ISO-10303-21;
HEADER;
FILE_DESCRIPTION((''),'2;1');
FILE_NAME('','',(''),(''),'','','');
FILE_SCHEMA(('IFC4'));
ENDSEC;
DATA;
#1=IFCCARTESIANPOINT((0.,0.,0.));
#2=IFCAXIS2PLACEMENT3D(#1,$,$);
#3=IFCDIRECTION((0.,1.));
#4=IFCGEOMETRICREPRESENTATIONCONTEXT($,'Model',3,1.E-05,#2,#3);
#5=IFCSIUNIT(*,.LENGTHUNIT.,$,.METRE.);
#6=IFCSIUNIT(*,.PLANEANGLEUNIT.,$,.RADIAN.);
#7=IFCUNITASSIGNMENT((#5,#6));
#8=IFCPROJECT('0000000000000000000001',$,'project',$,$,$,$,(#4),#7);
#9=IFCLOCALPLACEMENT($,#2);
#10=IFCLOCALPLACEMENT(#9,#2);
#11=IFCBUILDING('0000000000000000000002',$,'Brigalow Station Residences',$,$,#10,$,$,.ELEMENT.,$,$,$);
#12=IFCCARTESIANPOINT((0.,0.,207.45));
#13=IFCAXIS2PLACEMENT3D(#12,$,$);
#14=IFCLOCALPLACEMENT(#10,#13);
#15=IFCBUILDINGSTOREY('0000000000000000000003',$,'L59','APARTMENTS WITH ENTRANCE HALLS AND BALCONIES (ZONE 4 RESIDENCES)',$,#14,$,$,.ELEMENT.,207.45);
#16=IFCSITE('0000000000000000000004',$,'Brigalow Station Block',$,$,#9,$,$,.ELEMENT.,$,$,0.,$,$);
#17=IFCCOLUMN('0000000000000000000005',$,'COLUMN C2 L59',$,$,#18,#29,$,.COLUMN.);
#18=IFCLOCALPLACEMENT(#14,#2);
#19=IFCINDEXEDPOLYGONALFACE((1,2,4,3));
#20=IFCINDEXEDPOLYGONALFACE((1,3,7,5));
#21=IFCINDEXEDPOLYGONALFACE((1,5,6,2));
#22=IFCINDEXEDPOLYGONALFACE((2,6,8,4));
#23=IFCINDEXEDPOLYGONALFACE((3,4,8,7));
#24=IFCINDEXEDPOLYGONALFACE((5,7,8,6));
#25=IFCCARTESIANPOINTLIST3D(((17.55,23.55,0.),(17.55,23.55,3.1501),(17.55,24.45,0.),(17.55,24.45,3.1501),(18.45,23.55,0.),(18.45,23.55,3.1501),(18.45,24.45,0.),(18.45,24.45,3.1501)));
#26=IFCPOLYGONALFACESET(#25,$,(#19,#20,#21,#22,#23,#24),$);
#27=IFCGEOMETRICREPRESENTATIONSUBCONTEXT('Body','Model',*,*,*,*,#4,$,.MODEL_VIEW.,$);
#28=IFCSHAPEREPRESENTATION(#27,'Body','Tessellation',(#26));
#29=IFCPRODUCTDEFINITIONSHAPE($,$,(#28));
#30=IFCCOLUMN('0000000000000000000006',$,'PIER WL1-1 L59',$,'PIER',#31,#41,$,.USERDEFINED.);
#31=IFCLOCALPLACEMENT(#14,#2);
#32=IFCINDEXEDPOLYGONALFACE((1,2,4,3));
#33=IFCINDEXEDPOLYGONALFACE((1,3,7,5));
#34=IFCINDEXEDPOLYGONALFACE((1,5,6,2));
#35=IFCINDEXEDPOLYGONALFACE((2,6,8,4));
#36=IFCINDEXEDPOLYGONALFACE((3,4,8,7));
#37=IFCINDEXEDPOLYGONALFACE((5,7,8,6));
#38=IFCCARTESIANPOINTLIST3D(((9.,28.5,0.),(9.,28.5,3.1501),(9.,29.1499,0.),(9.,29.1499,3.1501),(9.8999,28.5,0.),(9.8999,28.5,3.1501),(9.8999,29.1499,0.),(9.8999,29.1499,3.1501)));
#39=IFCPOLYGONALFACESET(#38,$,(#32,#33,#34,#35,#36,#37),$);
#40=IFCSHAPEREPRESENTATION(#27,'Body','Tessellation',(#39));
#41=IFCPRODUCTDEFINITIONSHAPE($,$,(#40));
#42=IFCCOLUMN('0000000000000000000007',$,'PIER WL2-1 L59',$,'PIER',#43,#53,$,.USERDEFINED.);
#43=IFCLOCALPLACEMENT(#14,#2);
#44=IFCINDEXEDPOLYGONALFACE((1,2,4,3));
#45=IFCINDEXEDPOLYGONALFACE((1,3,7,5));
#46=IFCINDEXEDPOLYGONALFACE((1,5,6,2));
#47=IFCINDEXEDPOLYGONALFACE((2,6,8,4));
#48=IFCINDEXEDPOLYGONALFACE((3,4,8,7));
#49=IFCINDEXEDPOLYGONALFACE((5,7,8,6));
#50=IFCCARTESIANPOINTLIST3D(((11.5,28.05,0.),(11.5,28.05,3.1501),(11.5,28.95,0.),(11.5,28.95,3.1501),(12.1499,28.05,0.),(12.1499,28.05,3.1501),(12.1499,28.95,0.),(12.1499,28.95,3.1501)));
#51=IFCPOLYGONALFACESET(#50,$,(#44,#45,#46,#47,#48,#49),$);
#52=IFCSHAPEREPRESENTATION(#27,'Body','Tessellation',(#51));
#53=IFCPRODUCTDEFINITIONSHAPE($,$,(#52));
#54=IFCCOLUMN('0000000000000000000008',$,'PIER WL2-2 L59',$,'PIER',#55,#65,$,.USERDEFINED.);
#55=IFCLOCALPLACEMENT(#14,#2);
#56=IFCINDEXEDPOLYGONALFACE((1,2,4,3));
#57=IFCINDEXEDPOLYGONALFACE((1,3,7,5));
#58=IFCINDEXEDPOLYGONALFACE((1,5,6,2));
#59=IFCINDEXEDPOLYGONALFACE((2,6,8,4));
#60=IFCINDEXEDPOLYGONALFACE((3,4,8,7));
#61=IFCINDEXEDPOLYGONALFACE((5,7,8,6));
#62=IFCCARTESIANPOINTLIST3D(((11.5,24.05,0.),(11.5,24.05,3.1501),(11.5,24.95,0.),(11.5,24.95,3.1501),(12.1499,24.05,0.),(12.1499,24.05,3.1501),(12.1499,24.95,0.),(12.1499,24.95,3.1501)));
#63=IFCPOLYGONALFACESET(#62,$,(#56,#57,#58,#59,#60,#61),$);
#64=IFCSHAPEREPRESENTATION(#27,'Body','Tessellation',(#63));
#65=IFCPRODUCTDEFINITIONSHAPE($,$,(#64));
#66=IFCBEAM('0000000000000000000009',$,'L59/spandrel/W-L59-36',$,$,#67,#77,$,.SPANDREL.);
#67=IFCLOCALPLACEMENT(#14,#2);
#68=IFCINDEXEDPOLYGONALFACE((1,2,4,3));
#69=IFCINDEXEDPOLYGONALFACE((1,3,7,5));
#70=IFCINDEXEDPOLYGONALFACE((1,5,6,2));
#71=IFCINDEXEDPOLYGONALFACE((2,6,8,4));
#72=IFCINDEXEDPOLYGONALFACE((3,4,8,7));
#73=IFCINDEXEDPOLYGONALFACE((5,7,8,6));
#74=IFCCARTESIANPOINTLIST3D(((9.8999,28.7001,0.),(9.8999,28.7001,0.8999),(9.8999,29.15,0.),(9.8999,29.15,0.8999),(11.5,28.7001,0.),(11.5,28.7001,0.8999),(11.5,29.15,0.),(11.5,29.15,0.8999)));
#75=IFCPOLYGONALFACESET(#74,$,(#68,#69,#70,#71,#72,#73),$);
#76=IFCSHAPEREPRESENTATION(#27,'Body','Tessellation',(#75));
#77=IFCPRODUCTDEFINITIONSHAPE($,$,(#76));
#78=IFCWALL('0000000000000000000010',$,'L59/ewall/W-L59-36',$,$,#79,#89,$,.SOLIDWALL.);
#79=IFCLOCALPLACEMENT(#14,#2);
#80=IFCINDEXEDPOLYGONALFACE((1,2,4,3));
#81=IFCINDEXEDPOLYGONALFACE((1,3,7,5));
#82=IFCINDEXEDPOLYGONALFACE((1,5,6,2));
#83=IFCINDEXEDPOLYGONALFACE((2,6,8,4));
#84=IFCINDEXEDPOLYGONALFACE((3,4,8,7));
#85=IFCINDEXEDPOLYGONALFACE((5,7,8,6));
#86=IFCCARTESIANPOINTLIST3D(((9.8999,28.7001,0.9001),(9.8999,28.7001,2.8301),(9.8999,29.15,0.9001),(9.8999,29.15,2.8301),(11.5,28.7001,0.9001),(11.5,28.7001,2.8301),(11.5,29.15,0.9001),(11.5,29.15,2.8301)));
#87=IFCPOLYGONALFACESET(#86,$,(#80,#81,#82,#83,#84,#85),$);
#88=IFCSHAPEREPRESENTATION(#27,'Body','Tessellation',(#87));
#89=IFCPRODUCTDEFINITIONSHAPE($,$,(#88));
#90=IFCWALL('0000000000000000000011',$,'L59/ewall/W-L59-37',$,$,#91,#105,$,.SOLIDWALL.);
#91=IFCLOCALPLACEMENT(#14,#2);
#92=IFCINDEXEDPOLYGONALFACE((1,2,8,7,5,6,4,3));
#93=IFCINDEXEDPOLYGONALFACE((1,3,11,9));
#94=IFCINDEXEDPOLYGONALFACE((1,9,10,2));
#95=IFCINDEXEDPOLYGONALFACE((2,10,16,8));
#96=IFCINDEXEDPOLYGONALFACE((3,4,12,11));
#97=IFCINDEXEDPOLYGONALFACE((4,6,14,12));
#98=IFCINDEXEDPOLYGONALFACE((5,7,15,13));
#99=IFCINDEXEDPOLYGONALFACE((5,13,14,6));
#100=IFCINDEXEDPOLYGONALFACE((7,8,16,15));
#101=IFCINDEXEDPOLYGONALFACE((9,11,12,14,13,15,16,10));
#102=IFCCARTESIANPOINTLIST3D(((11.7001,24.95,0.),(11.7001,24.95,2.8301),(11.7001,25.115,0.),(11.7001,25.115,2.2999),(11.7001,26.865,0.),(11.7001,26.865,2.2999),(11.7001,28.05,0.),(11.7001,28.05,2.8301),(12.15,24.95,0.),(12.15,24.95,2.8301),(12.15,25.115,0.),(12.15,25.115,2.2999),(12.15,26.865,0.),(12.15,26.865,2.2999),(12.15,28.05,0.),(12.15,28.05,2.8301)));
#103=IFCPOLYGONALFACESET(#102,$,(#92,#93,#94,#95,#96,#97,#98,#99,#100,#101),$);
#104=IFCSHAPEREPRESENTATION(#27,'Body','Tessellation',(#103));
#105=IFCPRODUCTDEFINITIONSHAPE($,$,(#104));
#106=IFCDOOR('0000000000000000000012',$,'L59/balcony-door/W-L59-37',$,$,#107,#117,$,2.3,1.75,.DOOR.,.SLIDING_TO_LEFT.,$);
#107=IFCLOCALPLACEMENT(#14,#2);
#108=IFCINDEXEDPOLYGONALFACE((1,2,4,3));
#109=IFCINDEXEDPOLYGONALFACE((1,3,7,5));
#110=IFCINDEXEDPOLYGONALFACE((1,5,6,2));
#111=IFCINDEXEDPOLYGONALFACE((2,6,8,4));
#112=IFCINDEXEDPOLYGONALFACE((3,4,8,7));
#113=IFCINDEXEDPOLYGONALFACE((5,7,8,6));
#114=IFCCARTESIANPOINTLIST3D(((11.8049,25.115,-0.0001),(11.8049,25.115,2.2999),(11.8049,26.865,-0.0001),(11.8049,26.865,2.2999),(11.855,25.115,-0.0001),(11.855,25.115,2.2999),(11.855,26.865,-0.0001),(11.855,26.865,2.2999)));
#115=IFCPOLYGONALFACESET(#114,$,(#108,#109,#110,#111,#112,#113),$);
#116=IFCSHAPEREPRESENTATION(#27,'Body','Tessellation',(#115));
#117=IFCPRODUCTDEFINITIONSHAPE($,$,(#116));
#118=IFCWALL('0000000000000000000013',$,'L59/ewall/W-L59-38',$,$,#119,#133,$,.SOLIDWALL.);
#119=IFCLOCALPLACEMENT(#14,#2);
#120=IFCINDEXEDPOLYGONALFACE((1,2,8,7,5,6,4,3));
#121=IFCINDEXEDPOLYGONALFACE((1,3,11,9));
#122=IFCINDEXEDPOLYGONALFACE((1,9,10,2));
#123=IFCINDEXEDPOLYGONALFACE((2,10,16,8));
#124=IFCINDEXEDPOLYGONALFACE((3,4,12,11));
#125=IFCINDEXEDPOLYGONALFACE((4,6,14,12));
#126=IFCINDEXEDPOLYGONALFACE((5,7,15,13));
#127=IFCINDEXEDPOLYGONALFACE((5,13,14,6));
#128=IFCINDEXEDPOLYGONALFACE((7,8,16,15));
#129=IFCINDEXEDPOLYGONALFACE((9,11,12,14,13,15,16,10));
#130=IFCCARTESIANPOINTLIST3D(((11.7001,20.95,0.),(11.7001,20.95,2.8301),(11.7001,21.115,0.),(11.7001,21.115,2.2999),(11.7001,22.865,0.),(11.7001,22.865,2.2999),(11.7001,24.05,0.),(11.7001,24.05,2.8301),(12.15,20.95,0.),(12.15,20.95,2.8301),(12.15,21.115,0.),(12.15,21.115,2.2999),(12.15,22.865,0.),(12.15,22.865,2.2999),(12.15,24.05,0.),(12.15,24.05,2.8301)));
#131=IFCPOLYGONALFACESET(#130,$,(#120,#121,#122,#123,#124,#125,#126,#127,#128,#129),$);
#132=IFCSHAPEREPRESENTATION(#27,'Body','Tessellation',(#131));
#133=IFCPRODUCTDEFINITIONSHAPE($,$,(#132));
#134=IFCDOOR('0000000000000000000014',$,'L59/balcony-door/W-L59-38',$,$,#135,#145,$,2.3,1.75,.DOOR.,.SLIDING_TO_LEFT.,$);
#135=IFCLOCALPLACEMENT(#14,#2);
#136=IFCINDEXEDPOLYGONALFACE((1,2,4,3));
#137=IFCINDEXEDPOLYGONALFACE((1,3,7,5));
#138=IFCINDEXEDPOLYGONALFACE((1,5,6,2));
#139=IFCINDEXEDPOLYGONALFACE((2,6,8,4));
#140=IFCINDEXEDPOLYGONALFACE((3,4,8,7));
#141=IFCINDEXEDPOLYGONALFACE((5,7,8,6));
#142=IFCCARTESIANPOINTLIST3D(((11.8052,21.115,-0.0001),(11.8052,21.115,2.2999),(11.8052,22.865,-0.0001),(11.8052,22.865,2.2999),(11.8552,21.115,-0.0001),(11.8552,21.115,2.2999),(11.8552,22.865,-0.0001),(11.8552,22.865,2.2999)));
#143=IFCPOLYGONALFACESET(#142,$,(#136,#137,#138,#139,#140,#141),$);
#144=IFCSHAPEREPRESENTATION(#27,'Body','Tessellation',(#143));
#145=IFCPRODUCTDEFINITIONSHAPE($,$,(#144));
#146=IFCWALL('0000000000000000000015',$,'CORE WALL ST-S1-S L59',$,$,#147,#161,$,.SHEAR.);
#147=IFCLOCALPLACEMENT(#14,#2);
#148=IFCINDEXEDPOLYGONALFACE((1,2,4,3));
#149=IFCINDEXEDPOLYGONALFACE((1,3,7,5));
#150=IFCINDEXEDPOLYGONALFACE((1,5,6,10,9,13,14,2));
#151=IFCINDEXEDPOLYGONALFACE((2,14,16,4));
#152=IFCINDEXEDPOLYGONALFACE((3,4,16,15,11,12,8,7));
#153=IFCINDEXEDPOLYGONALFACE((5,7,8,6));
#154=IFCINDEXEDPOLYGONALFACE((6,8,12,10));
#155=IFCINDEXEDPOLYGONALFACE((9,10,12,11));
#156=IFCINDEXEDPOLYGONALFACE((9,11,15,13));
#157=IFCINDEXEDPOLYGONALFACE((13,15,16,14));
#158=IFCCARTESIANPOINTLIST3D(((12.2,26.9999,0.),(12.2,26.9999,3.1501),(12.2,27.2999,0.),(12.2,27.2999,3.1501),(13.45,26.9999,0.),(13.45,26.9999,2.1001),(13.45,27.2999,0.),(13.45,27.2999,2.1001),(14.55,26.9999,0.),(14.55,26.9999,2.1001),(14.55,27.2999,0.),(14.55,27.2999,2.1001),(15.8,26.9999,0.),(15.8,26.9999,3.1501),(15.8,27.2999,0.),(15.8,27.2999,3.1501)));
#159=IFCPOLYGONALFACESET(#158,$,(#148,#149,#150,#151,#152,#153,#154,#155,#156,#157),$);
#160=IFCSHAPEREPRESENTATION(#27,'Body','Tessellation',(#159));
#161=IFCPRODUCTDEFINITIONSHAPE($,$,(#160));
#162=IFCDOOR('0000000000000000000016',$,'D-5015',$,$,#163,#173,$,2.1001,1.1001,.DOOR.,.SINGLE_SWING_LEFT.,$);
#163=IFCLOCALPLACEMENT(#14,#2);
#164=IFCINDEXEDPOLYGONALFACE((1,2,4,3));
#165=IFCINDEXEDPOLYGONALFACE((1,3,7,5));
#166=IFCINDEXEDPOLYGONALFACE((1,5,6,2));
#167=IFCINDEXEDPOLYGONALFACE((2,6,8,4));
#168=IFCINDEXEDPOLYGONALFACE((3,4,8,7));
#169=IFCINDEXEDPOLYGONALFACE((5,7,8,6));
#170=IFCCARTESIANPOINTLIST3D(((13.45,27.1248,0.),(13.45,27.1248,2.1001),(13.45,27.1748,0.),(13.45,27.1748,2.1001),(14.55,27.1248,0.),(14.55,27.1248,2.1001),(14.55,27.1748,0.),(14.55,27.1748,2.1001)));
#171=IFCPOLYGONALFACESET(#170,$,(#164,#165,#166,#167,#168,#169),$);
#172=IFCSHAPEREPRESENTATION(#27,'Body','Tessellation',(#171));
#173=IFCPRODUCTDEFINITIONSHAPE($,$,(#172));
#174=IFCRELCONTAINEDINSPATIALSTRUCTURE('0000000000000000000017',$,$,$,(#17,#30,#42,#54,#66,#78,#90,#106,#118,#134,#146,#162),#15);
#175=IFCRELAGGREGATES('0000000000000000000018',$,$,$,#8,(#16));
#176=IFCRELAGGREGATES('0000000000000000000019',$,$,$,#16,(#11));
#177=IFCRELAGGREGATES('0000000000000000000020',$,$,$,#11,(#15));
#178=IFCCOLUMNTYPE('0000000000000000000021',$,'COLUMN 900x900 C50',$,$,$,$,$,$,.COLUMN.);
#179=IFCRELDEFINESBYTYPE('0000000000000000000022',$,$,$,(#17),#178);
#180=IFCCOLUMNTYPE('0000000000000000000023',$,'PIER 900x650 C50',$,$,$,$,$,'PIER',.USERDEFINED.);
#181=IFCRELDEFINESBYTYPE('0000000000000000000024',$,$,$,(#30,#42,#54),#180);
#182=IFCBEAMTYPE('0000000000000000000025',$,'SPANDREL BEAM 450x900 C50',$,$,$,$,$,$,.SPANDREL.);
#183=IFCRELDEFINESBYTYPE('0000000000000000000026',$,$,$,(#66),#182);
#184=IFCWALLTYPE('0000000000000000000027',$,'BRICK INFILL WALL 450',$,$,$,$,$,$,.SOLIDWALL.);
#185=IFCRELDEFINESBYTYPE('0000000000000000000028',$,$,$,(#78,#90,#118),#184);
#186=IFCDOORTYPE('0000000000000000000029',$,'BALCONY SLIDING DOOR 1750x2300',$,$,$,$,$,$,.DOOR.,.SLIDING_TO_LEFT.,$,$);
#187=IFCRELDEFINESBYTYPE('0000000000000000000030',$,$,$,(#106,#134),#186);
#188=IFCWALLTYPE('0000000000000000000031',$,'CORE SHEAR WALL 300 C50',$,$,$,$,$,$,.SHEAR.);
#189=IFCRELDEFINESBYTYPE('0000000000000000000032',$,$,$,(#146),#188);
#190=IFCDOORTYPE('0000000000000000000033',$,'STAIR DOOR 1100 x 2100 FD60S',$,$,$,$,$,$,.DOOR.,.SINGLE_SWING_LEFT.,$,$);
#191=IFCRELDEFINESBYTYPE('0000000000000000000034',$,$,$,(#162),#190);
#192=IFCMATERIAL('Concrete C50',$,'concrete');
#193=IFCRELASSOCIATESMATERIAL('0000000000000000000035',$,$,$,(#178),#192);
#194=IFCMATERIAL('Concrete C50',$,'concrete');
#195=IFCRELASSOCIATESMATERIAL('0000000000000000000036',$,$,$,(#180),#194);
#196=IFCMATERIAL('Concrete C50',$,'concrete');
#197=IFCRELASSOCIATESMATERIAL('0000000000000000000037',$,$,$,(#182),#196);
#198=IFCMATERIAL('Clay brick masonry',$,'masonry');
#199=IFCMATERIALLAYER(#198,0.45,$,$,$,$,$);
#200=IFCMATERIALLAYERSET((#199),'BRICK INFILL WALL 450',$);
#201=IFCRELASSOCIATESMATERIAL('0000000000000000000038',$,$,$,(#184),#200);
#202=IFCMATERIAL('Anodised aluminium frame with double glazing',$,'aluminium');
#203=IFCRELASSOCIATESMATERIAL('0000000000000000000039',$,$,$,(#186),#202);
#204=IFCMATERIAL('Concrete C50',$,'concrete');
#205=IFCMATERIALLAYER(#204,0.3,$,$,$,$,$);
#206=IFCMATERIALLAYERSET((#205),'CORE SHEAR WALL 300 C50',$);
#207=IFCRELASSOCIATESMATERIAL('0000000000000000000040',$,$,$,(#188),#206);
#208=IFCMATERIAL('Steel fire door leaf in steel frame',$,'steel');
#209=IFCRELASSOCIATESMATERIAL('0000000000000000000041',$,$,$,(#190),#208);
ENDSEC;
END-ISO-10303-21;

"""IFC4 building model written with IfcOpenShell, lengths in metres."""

from ifc_helpers import new_model, si_unit, direction, frame, frame_2d, origin, origin_2d, place, context, subcontext, project, spatial, rectangle, extrude, material, layer, layer_set, material_profile, profile_set, type_object, element, fill, save


model = new_model("IFC4")

# Units and contexts
model_context = context("Model", 3, precision=1e-05, world=origin(), true_north=direction((0.0, 1.0)))
body_context = subcontext(model_context, "Body", "Model", "MODEL_VIEW")
ifc_project = project(units=[si_unit("LENGTHUNIT", "METRE"), si_unit("PLANEANGLEUNIT", "RADIAN")], contexts=[model_context])

# Site, building, storey
site_placement = place(None, origin())
site = spatial("IfcSite", under=ifc_project, at=site_placement, Name="Brigalow Station Block", CompositionType="ELEMENT", RefElevation=0.0)
building_placement = place(site_placement, origin())
building = spatial("IfcBuilding", under=site, at=building_placement, Name="Brigalow Station Residences", CompositionType="ELEMENT")
storey_placement = place(building_placement, frame((0.0, 0.0, 207.45)))
storey = spatial("IfcBuildingStorey", under=building, at=storey_placement, Name="L59", Description="APARTMENTS WITH ENTRANCE HALLS AND BALCONIES (ZONE 4 RESIDENCES)", CompositionType="ELEMENT", Elevation=207.45)

# Columns
ifc_material_1 = material(Name="Concrete C50", Category="concrete")
ifc_material_profile_1 = material_profile(ifc_material_1, rectangle(XDim=0.8999, YDim=0.8999, at=origin_2d()), Name="RC900x900")
ifc_profile_set_1 = profile_set([ifc_material_profile_1], Name="Concrete C50")
column_type_1 = type_object("IfcColumnType", Name="COLUMN 900x900 C50", PredefinedType="COLUMN", material=ifc_profile_set_1)
column_placement = place(storey_placement, frame((18.0, 24.0, 0.0), z_axis=(0.0, 0.0, 1.0), x_axis=(1.0, 0.0, 0.0)))
element("IfcColumn", 1, at=column_placement, inside=storey, type_object=column_type_1, Name="COLUMN C2 L59", PredefinedType="COLUMN", context=body_context, shape_type="SweptSolid", body=[
    extrude(rectangle(XDim=0.8999, YDim=0.8999, at=origin_2d()), origin(), (0.0, 0.0, 1.0), 3.1501),
])
ifc_material_2 = material(Name="Concrete C50", Category="concrete")
ifc_material_profile_2 = material_profile(ifc_material_2, rectangle(XDim=0.8999, YDim=0.6499, at=origin_2d()), Name="RC900x650")
ifc_profile_set_2 = profile_set([ifc_material_profile_2], Name="Concrete C50")
column_type_2 = type_object("IfcColumnType", Name="PIER 900x650 C50", ElementType="PIER", PredefinedType="USERDEFINED", material=ifc_profile_set_2)
for number, where, z_axis, x_axis, name in (
    (2, (9.45, 28.825, 0.0), (0.0, 0.0, 1.0), (1.0, 0.0, 0.0), "PIER WL1-1 L59"),
    (3, (11.825, 28.5, 0.0), (0.0, 0.0, 1.0), (0.0, -1.0, 0.0), "PIER WL2-1 L59"),
    (4, (11.825, 24.5, 0.0), (0.0, 0.0, 1.0), (0.0, -1.0, 0.0), "PIER WL2-2 L59"),
):
    element("IfcColumn", number, at=place(storey_placement, frame(where, z_axis=z_axis, x_axis=x_axis)), inside=storey, type_object=column_type_2, Name=name, ObjectType="PIER", PredefinedType="USERDEFINED", context=body_context, shape_type="SweptSolid", body=[
        extrude(rectangle(XDim=0.8999, YDim=0.6499, at=origin_2d()), origin(), (0.0, 0.0, 1.0), 3.1501),
    ])

# Beam
ifc_material_3 = material(Name="Concrete C50", Category="concrete")
ifc_material_profile_3 = material_profile(ifc_material_3, rectangle(XDim=0.45, YDim=0.8999, at=origin_2d()), Name="RC450x900")
ifc_profile_set_3 = profile_set([ifc_material_profile_3], Name="Concrete C50")
beam_type = type_object("IfcBeamType", Name="SPANDREL BEAM 450x900 C50", PredefinedType="SPANDREL", material=ifc_profile_set_3)
beam_placement = place(storey_placement, frame((9.8999, 28.925, 0.45), z_axis=(1.0, 0.0, 0.0), x_axis=(0.0, 1.0, 0.0)))
element("IfcBeam", 5, at=beam_placement, inside=storey, type_object=beam_type, Name="L59/spandrel/W-L59-36", PredefinedType="SPANDREL", context=body_context, shape_type="SweptSolid", body=[
    extrude(rectangle(XDim=0.45, YDim=0.8999, at=origin_2d()), origin(), (0.0, 0.0, 1.0), 1.6001),
])

# Wall
ifc_material_4 = material(Name="Clay brick masonry", Category="masonry")
ifc_layer_1 = layer(ifc_material_4, 0.45)
ifc_layer_set_1 = layer_set([ifc_layer_1], Name="BRICK INFILL WALL 450")
wall_type_1 = type_object("IfcWallType", Name="BRICK INFILL WALL 450", PredefinedType="SOLIDWALL", material=ifc_layer_set_1)
wall_1_placement = place(storey_placement, frame((9.8999, 28.925, 0.9001), z_axis=(0.0, 0.0, 1.0), x_axis=(1.0, 0.0, 0.0)))
element("IfcWall", 6, at=wall_1_placement, inside=storey, type_object=wall_type_1, Name="L59/ewall/W-L59-36", PredefinedType="SOLIDWALL", context=body_context, shape_type="SweptSolid", body=[
    extrude(rectangle(XDim=1.6001, YDim=0.45, at=frame_2d((0.8, 0.0))), origin(), (0.0, 0.0, 1.0), 1.9299),
])

# Walls, openings, doors
wall_2_placement = place(storey_placement, frame((11.925, 28.05, 0.0), z_axis=(0.0, 0.0, 1.0), x_axis=(0.0, -1.0, 0.0)))
wall_2 = element("IfcWall", 7, at=wall_2_placement, inside=storey, type_object=wall_type_1, Name="L59/ewall/W-L59-37", PredefinedType="SOLIDWALL", context=body_context, shape_type="SweptSolid", body=[
    extrude(rectangle(XDim=3.1001, YDim=0.45, at=frame_2d((1.55, 0.0))), origin(), (0.0, 0.0, 1.0), 2.8301),
])
opening_1_placement = place(wall_2_placement, frame((1.1851, 0.0, 0.0)))
opening_1 = element("IfcOpeningElement", 8, at=opening_1_placement, cuts=wall_2, PredefinedType="OPENING", context=body_context, shape_type="SweptSolid", body=[
    extrude(rectangle(XDim=1.75, YDim=2.3, at=frame_2d((0.875, 1.1499))), frame((0.0, 0.2349, 0.0), z_axis=(0.0, -1.0, 0.0), x_axis=(1.0, 0.0, 0.0)), (0.0, 0.0, 1.0), 0.47),
])
ifc_material_5 = material(Name="Anodised aluminium frame with double glazing", Category="aluminium")
door_type_1 = type_object("IfcDoorType", Name="BALCONY SLIDING DOOR 1750x2300", OperationType="SLIDING_TO_LEFT", PredefinedType="DOOR", material=ifc_material_5)
door_1_placement = place(opening_1_placement, frame((1.75, -0.1899, 0.0), z_axis=(0.0, 0.0, 1.0), x_axis=(-1.0, 0.0, 0.0)))
door_1 = element("IfcDoor", 9, at=door_1_placement, inside=storey, type_object=door_type_1, Name="L59/balcony-door/W-L59-37", OperationType="SLIDING_TO_LEFT", OverallHeight=2.3, OverallWidth=1.75, PredefinedType="DOOR", context=body_context, shape_type="SweptSolid", body=[
    extrude(rectangle(XDim=1.75, YDim=2.3, at=frame_2d((0.875, 1.1499))), frame((0.0, -0.0698, 0.0), z_axis=(0.0, -1.0, 0.0), x_axis=(1.0, 0.0, 0.0)), (0.0, 0.0, 1.0), 0.05),
])
fill(opening_1, door_1)
wall_3_placement = place(storey_placement, frame((11.925, 24.05, 0.0), z_axis=(0.0, 0.0, 1.0), x_axis=(0.0, -1.0, 0.0)))
wall_3 = element("IfcWall", 10, at=wall_3_placement, inside=storey, type_object=wall_type_1, Name="L59/ewall/W-L59-38", PredefinedType="SOLIDWALL", context=body_context, shape_type="SweptSolid", body=[
    extrude(rectangle(XDim=3.1001, YDim=0.45, at=frame_2d((1.55, 0.0))), origin(), (0.0, 0.0, 1.0), 2.8301),
])
opening_2_placement = place(wall_3_placement, frame((1.1851, 0.0, 0.0)))
opening_2 = element("IfcOpeningElement", 11, at=opening_2_placement, cuts=wall_3, PredefinedType="OPENING", context=body_context, shape_type="SweptSolid", body=[
    extrude(rectangle(XDim=1.75, YDim=2.3, at=frame_2d((0.875, 1.1499))), frame((0.0, 0.2349, 0.0), z_axis=(0.0, -1.0, 0.0), x_axis=(1.0, 0.0, 0.0)), (0.0, 0.0, 1.0), 0.47),
])
door_2_placement = place(opening_2_placement, origin())
door_2 = element("IfcDoor", 12, at=door_2_placement, inside=storey, type_object=door_type_1, Name="L59/balcony-door/W-L59-38", OperationType="SLIDING_TO_LEFT", OverallHeight=2.3, OverallWidth=1.75, PredefinedType="DOOR", context=body_context, shape_type="SweptSolid", body=[
    extrude(rectangle(XDim=1.75, YDim=2.3, at=frame_2d((0.875, 1.1499))), frame((0.0, -0.0698, 0.0), z_axis=(0.0, -1.0, 0.0), x_axis=(1.0, 0.0, 0.0)), (0.0, 0.0, 1.0), 0.05),
])
fill(opening_2, door_2)
ifc_material_6 = material(Name="Concrete C50", Category="concrete")
ifc_layer_2 = layer(ifc_material_6, 0.3)
ifc_layer_set_2 = layer_set([ifc_layer_2], Name="CORE SHEAR WALL 300 C50")
wall_type_2 = type_object("IfcWallType", Name="CORE SHEAR WALL 300 C50", PredefinedType="SHEAR", material=ifc_layer_set_2)
wall_4_placement = place(storey_placement, frame((12.2, 27.1499, 0.0), z_axis=(0.0, 0.0, 1.0), x_axis=(1.0, 0.0, 0.0)))
wall_4 = element("IfcWall", 13, at=wall_4_placement, inside=storey, type_object=wall_type_2, Name="CORE WALL ST-S1-S L59", PredefinedType="SHEAR", context=body_context, shape_type="SweptSolid", body=[
    extrude(rectangle(XDim=3.6001, YDim=0.3, at=frame_2d((1.8, 0.0))), origin(), (0.0, 0.0, 1.0), 3.1501),
])
opening_3_placement = place(wall_4_placement, frame((1.25, 0.0, 0.0)))
opening_3 = element("IfcOpeningElement", 14, at=opening_3_placement, cuts=wall_4, PredefinedType="OPENING", context=body_context, shape_type="SweptSolid", body=[
    extrude(rectangle(XDim=1.1001, YDim=2.1001, at=frame_2d((0.55, 1.05))), frame((0.0, 0.1602, 0.0), z_axis=(0.0, -1.0, 0.0), x_axis=(1.0, 0.0, 0.0)), (0.0, 0.0, 1.0), 0.3201),
])
ifc_material_7 = material(Name="Steel fire door leaf in steel frame", Category="steel")
door_type_2 = type_object("IfcDoorType", Name="STAIR DOOR 1100 x 2100 FD60S", OperationType="SINGLE_SWING_LEFT", PredefinedType="DOOR", material=ifc_material_7)
door_3_placement = place(opening_3_placement, origin())
door_3 = element("IfcDoor", 15, at=door_3_placement, inside=storey, type_object=door_type_2, Name="D-5015", OperationType="SINGLE_SWING_LEFT", OverallHeight=2.1001, OverallWidth=1.1001, PredefinedType="DOOR", context=body_context, shape_type="SweptSolid", body=[
    extrude(rectangle(XDim=1.1001, YDim=2.1001, at=frame_2d((0.55, 1.05))), frame((0.0, 0.0249, 0.0), z_axis=(0.0, -1.0, 0.0), x_axis=(1.0, 0.0, 0.0)), (0.0, 0.0, 1.0), 0.05),
])
fill(opening_3, door_3)

save(model, "model.ifc")
